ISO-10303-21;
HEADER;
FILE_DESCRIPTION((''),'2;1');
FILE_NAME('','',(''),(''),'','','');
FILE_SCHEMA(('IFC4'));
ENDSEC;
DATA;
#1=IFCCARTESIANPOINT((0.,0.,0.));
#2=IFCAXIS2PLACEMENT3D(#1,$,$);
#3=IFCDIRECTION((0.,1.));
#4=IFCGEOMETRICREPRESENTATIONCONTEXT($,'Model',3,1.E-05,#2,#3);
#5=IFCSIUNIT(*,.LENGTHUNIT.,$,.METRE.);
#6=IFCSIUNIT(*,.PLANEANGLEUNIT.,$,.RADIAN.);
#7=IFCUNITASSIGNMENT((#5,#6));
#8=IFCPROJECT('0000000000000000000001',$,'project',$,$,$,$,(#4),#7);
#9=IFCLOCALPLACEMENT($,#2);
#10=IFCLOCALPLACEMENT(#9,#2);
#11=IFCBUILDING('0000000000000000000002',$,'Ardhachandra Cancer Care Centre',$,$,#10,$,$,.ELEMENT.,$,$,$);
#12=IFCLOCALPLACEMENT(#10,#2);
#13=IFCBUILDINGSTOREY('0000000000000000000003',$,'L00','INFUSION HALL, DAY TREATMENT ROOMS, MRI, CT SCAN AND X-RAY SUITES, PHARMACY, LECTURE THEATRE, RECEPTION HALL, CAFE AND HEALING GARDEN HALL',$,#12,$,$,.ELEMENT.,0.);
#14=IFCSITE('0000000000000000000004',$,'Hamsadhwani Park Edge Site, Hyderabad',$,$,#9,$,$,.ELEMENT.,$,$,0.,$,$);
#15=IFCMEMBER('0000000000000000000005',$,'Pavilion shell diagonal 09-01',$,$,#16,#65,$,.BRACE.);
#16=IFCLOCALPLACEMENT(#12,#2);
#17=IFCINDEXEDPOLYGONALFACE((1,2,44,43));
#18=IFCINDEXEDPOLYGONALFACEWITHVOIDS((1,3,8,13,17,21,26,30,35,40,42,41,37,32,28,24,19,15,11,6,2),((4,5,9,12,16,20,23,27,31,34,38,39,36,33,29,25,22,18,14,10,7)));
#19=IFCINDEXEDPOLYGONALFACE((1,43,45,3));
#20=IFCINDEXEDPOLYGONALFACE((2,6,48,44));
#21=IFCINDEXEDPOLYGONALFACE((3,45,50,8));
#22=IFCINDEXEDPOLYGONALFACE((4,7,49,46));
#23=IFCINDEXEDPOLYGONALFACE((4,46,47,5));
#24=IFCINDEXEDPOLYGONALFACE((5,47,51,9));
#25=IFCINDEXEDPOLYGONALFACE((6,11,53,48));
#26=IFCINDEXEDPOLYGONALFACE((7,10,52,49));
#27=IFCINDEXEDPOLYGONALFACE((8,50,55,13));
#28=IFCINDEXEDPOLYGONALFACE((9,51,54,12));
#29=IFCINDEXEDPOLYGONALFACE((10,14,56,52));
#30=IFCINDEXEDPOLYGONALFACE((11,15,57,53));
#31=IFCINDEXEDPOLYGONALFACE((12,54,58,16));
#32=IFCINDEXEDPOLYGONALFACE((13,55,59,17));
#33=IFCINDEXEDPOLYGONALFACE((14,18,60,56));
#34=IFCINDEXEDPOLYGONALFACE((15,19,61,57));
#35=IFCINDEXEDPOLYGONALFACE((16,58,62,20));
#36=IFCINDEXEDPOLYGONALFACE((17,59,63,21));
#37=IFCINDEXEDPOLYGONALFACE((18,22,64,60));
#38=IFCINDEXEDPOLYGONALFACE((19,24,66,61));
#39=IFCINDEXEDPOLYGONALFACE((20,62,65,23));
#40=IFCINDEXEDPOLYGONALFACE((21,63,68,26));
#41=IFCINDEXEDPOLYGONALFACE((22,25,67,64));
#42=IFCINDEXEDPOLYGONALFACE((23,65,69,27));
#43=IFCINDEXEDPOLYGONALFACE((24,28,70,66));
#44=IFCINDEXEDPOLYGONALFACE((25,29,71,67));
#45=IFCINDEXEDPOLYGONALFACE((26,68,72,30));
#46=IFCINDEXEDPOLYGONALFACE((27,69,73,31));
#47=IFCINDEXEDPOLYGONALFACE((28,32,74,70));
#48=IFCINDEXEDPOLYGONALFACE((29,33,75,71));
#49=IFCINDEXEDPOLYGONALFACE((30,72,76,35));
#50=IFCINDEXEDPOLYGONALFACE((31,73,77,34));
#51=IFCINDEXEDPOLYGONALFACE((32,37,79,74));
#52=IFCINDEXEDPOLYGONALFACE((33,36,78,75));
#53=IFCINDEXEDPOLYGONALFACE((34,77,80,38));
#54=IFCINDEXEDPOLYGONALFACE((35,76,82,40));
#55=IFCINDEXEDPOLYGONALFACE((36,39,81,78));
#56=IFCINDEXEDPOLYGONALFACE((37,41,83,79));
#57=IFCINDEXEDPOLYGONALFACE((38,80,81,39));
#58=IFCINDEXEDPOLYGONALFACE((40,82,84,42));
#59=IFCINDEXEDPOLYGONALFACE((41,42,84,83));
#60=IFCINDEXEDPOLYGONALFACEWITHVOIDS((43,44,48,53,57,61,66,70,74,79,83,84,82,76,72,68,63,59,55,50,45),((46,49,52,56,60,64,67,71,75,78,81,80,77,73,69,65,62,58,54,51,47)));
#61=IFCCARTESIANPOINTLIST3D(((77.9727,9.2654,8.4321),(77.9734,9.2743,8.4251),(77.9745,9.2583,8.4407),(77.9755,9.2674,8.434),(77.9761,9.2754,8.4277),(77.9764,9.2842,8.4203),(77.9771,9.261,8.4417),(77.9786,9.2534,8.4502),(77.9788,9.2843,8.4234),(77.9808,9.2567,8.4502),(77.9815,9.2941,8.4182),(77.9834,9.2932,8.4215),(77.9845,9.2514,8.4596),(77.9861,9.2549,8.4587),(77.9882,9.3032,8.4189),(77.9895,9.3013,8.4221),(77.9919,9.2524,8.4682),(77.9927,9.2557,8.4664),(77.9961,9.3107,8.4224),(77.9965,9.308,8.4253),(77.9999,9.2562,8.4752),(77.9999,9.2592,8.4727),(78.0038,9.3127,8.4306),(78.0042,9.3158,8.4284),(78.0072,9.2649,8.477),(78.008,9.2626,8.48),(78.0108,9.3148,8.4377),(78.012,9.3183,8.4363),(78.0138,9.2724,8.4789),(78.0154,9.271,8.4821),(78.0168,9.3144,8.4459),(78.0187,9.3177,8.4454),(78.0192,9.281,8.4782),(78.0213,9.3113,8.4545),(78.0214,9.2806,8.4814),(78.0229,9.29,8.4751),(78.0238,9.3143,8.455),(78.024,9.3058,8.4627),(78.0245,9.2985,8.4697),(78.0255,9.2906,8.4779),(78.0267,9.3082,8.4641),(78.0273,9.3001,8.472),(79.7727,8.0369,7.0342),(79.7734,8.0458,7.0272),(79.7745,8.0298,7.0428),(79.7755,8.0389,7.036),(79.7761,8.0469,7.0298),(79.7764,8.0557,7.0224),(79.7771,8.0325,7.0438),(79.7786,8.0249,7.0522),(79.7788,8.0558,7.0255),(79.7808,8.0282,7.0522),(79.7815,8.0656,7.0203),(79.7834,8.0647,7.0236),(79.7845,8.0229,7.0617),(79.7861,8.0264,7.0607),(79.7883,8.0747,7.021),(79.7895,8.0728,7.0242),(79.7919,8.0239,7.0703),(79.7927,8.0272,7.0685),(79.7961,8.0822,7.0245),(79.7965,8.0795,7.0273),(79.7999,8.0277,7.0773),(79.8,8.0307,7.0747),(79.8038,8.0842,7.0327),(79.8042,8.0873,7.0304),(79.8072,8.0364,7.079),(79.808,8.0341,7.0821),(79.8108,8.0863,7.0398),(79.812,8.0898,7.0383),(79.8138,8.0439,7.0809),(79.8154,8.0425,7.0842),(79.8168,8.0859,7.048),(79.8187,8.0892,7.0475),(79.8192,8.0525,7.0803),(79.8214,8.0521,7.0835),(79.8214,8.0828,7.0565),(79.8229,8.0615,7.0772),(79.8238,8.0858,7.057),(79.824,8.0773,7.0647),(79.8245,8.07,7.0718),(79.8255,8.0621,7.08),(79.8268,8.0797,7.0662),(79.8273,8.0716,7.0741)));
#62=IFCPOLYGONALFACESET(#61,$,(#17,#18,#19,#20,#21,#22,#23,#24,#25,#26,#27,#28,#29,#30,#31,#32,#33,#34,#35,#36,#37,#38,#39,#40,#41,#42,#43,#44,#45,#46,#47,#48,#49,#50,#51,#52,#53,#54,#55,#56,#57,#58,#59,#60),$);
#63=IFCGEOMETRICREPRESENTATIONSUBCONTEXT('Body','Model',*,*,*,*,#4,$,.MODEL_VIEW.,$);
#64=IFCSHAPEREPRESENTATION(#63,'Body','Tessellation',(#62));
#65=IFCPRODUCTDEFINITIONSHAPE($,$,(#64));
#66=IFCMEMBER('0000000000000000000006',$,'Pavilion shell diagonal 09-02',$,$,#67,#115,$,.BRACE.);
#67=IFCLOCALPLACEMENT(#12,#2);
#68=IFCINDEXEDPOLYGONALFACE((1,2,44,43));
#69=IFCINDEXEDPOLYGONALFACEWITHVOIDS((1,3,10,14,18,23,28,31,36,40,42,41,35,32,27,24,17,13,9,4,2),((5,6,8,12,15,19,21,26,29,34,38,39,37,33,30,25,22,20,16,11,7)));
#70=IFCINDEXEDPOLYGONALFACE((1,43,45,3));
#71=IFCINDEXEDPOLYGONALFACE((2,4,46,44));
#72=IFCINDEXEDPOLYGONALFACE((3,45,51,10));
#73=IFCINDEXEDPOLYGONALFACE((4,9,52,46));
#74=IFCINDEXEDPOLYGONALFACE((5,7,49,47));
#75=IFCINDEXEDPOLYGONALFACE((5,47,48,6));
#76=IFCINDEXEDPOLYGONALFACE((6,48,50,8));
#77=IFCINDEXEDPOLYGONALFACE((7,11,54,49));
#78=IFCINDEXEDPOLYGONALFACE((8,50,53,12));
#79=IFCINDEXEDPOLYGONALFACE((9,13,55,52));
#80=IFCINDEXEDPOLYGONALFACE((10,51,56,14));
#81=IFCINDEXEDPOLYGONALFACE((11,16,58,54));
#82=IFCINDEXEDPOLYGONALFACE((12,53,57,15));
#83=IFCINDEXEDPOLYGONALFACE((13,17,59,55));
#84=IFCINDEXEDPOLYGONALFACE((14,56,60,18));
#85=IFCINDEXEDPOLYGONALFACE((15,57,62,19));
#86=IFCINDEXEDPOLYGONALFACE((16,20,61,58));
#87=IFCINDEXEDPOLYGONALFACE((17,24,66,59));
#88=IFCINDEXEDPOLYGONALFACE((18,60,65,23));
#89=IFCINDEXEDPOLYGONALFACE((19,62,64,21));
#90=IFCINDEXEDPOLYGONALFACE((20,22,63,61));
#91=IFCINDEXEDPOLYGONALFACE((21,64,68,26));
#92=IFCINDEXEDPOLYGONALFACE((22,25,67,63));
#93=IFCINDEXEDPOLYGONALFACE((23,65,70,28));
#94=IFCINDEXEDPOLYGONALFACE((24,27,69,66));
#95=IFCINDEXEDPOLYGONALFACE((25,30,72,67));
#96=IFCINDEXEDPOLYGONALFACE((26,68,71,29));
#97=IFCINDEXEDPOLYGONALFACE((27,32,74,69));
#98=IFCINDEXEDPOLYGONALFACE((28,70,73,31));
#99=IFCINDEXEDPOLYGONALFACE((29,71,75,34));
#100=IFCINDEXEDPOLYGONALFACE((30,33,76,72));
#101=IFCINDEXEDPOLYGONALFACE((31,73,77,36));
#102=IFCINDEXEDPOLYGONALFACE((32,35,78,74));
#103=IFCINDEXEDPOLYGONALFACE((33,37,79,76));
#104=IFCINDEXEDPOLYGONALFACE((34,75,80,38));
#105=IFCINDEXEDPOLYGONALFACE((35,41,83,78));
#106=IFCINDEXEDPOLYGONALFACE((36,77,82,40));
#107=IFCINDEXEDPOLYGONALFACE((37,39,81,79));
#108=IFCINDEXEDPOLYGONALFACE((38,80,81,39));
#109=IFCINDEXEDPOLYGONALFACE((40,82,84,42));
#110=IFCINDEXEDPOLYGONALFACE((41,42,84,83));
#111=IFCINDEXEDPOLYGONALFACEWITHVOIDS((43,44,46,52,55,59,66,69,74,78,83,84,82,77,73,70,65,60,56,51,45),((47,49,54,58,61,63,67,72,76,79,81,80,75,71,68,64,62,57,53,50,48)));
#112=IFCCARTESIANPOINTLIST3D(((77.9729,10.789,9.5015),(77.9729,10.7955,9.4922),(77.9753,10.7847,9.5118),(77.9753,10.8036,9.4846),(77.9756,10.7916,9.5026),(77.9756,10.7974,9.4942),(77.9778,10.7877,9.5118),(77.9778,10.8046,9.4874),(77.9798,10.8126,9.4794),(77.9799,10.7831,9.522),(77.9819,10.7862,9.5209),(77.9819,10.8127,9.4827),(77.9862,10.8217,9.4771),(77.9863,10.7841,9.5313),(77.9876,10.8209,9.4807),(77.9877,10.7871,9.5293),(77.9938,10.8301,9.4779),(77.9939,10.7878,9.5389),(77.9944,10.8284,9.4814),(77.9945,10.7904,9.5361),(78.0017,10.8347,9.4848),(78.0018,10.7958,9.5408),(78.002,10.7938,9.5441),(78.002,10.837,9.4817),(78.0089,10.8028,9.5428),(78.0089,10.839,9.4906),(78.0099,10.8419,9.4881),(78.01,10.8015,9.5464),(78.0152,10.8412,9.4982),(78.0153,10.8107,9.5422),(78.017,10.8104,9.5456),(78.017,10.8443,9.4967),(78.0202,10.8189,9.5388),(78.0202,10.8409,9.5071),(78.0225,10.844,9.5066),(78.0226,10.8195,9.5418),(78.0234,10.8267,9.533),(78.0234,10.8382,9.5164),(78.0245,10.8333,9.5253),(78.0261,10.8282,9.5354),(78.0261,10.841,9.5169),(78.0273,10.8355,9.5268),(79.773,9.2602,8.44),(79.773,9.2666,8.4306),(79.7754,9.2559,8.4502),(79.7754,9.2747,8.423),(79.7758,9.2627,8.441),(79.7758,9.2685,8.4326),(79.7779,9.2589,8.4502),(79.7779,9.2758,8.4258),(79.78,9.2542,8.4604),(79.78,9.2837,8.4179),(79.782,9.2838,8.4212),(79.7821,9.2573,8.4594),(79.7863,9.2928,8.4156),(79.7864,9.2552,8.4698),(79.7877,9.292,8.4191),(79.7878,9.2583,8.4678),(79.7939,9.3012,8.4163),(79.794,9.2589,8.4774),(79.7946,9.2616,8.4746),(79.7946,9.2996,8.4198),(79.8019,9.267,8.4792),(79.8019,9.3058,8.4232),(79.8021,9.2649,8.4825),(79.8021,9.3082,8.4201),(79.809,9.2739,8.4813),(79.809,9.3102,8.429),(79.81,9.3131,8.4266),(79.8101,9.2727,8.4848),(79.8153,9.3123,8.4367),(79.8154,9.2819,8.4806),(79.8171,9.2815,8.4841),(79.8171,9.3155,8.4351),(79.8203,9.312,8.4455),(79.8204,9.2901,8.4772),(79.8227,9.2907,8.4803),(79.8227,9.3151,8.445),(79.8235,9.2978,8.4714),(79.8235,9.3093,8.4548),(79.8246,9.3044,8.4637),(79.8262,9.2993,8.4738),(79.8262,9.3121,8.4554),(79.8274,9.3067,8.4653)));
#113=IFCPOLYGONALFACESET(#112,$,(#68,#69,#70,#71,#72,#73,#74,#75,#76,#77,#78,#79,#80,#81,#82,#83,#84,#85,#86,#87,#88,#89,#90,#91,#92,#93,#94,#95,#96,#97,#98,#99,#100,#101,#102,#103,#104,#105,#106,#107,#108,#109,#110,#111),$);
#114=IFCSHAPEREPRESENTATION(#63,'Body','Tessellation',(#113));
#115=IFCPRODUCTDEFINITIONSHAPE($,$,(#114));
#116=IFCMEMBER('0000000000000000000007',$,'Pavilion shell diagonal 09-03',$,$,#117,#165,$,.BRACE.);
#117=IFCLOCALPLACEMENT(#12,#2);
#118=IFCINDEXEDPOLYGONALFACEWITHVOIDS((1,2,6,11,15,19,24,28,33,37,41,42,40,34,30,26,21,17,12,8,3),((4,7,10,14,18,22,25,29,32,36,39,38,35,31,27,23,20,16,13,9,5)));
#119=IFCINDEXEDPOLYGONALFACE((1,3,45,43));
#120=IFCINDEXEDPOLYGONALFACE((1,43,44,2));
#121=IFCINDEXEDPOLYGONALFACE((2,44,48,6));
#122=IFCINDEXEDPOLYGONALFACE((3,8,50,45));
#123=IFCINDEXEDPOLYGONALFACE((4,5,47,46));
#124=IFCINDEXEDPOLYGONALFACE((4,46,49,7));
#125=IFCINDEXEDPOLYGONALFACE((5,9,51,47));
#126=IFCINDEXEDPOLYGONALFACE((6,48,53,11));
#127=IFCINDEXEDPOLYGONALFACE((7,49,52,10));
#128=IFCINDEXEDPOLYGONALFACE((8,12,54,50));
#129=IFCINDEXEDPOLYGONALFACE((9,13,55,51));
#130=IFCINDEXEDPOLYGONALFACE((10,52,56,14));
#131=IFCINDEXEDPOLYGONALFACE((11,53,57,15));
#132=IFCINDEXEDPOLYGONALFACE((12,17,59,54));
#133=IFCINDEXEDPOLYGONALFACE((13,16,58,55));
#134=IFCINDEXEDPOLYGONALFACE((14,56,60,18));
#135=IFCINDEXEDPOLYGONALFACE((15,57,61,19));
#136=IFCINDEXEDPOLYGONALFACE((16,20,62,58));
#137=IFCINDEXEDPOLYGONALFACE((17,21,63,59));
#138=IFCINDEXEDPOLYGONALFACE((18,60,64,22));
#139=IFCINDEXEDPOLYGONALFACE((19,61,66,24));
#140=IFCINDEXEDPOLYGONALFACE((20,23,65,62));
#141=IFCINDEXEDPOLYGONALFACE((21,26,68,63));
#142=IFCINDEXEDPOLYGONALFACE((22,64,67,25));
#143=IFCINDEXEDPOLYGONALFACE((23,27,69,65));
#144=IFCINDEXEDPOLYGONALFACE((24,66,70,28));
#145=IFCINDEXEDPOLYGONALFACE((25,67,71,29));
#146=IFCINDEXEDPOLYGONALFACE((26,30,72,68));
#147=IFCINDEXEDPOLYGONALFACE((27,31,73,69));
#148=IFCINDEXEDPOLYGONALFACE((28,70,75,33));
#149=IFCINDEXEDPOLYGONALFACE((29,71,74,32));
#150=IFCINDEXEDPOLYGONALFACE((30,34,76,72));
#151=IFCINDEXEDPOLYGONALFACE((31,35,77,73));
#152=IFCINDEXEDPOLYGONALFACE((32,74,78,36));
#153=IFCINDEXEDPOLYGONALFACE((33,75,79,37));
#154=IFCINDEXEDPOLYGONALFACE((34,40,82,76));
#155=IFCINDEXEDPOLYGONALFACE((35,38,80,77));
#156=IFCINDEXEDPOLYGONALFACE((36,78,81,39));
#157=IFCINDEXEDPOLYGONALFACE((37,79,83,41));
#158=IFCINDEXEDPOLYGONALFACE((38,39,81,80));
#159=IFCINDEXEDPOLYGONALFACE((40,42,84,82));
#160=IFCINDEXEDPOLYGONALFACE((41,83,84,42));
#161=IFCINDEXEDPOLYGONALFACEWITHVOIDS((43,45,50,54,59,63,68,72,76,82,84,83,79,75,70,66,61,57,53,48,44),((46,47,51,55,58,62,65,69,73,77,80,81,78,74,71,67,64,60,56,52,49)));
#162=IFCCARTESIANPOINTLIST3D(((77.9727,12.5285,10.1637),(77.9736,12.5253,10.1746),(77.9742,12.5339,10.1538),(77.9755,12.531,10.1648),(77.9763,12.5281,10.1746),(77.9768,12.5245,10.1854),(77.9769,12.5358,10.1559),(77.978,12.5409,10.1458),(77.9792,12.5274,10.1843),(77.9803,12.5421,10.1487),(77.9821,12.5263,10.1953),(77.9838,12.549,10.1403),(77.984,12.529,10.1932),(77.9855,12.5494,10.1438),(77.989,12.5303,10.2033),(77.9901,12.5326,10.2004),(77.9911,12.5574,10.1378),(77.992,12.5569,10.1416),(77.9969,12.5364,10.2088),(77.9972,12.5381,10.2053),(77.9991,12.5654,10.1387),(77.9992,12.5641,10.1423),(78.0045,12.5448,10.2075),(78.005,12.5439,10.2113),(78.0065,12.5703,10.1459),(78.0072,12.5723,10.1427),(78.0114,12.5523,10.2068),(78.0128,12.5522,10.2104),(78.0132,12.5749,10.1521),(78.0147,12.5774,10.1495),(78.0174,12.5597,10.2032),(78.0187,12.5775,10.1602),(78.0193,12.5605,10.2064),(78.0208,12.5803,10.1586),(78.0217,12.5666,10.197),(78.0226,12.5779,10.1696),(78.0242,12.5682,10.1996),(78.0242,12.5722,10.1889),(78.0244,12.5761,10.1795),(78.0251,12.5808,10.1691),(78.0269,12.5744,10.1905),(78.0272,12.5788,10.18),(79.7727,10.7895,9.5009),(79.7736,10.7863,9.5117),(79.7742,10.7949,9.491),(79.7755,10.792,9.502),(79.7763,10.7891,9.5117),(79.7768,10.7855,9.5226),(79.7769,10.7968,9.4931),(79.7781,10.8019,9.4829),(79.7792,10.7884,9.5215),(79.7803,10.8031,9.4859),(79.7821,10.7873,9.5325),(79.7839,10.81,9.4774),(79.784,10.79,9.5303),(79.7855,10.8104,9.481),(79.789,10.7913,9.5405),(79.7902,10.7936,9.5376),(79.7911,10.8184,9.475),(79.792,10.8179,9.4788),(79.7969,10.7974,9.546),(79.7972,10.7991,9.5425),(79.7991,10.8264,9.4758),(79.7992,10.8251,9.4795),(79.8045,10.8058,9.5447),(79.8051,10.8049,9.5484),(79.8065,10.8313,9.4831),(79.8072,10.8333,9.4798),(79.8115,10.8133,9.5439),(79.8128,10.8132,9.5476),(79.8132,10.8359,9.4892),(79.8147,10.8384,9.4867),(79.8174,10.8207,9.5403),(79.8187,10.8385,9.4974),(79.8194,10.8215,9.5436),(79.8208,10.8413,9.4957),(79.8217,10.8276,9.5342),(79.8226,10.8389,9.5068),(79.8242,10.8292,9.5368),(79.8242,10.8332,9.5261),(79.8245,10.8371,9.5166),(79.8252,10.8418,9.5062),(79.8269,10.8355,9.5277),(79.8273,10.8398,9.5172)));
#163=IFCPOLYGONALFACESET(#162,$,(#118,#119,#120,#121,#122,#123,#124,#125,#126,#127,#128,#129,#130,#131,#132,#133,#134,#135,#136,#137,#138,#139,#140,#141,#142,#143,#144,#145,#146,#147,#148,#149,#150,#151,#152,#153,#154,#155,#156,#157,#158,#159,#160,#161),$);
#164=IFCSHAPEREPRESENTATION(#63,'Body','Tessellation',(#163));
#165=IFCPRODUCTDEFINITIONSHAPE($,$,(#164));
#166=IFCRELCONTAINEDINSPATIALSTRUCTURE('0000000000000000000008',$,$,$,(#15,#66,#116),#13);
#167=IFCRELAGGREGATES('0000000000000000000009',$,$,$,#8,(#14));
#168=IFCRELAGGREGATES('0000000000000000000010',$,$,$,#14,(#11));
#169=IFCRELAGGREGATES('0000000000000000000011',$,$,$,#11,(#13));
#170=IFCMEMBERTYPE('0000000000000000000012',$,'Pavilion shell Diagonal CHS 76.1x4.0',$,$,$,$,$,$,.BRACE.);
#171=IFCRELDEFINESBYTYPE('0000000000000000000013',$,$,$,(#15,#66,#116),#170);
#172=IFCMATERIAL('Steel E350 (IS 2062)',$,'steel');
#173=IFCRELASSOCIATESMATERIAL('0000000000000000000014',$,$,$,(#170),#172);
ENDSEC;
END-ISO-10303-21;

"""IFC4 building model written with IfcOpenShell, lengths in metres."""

from ifc_helpers import new_model, si_unit, direction, frame, origin, origin_2d, place, context, subcontext, project, spatial, hollow_circle, extrude, material, material_profile, profile_set, type_object, element, save


model = new_model("IFC4")

# Units and contexts
model_context = context("Model", 3, precision=1e-05, world=origin(), true_north=direction((0.0, 1.0)))
body_context = subcontext(model_context, "Body", "Model", "MODEL_VIEW")
ifc_project = project(units=[si_unit("LENGTHUNIT", "METRE"), si_unit("PLANEANGLEUNIT", "RADIAN")], contexts=[model_context])

# Site, building, storey
site_placement = place(None, origin())
site = spatial("IfcSite", under=ifc_project, at=site_placement, Name="Hamsadhwani Park Edge Site, Hyderabad", CompositionType="ELEMENT", RefElevation=0.0)
building_placement = place(site_placement, origin())
building = spatial("IfcBuilding", under=site, at=building_placement, Name="Ardhachandra Cancer Care Centre", CompositionType="ELEMENT")
storey_placement = place(building_placement, origin())
storey = spatial("IfcBuildingStorey", under=building, at=storey_placement, Name="L00", Description="INFUSION HALL, DAY TREATMENT ROOMS, MRI, CT SCAN AND X-RAY SUITES, PHARMACY, LECTURE THEATRE, RECEPTION HALL, CAFE AND HEALING GARDEN HALL", CompositionType="ELEMENT", Elevation=0.0)

# Members
ifc_material_1 = material(Name="Steel E350 (IS 2062)", Category="steel")
ifc_material_profile_1 = material_profile(ifc_material_1, hollow_circle(Radius=0.0381, WallThickness=0.0039, at=origin_2d()), Name="CHS 76.1x4.0")
ifc_profile_set_1 = profile_set([ifc_material_profile_1], Name="Steel E350 (IS 2062)")
member_type_1 = type_object("IfcMemberType", Name="Pavilion shell Diagonal CHS 76.1x4.0", PredefinedType="BRACE", material=ifc_profile_set_1)
member_1_placement = place(storey_placement, frame((79.8, 8.0564, 7.0522), z_axis=(-0.695228, 0.474486, 0.539926), x_axis=(-0.563716, -0.825969, 0.0)))
element("IfcMember", 1, at=member_1_placement, inside=storey, type_object=member_type_1, Name="Pavilion shell diagonal 09-01", PredefinedType="BRACE", context=body_context, shape_type="SweptSolid", body=[
    extrude(hollow_circle(Radius=0.0381, WallThickness=0.0039, at=origin_2d()), origin(), (0.0, 0.0, 1.0), 2.5891),
])
member_2_placement = place(storey_placement, frame((79.8, 9.2849, 8.4502), z_axis=(-0.695198, 0.590442, 0.409972), x_axis=(-0.647345, -0.762197, 0.0)))
element("IfcMember", 2, at=member_2_placement, inside=storey, type_object=member_type_1, Name="Pavilion shell diagonal 09-02", PredefinedType="BRACE", context=body_context, shape_type="SweptSolid", body=[
    extrude(hollow_circle(Radius=0.0381, WallThickness=0.0039, at=origin_2d()), origin(), (0.0, 0.0, 1.0), 2.5894),
])
member_3_placement = place(storey_placement, frame((79.8, 10.8137, 9.5117), z_axis=(-0.695227, 0.671654, 0.256007), x_axis=(-0.694809, -0.719195, 0.0)))
element("IfcMember", 3, at=member_3_placement, inside=storey, type_object=member_type_1, Name="Pavilion shell diagonal 09-03", PredefinedType="BRACE", context=body_context, shape_type="SweptSolid", body=[
    extrude(hollow_circle(Radius=0.0381, WallThickness=0.0039, at=origin_2d()), origin(), (0.0, 0.0, 1.0), 2.5891),
])

save(model, "model.ifc")
